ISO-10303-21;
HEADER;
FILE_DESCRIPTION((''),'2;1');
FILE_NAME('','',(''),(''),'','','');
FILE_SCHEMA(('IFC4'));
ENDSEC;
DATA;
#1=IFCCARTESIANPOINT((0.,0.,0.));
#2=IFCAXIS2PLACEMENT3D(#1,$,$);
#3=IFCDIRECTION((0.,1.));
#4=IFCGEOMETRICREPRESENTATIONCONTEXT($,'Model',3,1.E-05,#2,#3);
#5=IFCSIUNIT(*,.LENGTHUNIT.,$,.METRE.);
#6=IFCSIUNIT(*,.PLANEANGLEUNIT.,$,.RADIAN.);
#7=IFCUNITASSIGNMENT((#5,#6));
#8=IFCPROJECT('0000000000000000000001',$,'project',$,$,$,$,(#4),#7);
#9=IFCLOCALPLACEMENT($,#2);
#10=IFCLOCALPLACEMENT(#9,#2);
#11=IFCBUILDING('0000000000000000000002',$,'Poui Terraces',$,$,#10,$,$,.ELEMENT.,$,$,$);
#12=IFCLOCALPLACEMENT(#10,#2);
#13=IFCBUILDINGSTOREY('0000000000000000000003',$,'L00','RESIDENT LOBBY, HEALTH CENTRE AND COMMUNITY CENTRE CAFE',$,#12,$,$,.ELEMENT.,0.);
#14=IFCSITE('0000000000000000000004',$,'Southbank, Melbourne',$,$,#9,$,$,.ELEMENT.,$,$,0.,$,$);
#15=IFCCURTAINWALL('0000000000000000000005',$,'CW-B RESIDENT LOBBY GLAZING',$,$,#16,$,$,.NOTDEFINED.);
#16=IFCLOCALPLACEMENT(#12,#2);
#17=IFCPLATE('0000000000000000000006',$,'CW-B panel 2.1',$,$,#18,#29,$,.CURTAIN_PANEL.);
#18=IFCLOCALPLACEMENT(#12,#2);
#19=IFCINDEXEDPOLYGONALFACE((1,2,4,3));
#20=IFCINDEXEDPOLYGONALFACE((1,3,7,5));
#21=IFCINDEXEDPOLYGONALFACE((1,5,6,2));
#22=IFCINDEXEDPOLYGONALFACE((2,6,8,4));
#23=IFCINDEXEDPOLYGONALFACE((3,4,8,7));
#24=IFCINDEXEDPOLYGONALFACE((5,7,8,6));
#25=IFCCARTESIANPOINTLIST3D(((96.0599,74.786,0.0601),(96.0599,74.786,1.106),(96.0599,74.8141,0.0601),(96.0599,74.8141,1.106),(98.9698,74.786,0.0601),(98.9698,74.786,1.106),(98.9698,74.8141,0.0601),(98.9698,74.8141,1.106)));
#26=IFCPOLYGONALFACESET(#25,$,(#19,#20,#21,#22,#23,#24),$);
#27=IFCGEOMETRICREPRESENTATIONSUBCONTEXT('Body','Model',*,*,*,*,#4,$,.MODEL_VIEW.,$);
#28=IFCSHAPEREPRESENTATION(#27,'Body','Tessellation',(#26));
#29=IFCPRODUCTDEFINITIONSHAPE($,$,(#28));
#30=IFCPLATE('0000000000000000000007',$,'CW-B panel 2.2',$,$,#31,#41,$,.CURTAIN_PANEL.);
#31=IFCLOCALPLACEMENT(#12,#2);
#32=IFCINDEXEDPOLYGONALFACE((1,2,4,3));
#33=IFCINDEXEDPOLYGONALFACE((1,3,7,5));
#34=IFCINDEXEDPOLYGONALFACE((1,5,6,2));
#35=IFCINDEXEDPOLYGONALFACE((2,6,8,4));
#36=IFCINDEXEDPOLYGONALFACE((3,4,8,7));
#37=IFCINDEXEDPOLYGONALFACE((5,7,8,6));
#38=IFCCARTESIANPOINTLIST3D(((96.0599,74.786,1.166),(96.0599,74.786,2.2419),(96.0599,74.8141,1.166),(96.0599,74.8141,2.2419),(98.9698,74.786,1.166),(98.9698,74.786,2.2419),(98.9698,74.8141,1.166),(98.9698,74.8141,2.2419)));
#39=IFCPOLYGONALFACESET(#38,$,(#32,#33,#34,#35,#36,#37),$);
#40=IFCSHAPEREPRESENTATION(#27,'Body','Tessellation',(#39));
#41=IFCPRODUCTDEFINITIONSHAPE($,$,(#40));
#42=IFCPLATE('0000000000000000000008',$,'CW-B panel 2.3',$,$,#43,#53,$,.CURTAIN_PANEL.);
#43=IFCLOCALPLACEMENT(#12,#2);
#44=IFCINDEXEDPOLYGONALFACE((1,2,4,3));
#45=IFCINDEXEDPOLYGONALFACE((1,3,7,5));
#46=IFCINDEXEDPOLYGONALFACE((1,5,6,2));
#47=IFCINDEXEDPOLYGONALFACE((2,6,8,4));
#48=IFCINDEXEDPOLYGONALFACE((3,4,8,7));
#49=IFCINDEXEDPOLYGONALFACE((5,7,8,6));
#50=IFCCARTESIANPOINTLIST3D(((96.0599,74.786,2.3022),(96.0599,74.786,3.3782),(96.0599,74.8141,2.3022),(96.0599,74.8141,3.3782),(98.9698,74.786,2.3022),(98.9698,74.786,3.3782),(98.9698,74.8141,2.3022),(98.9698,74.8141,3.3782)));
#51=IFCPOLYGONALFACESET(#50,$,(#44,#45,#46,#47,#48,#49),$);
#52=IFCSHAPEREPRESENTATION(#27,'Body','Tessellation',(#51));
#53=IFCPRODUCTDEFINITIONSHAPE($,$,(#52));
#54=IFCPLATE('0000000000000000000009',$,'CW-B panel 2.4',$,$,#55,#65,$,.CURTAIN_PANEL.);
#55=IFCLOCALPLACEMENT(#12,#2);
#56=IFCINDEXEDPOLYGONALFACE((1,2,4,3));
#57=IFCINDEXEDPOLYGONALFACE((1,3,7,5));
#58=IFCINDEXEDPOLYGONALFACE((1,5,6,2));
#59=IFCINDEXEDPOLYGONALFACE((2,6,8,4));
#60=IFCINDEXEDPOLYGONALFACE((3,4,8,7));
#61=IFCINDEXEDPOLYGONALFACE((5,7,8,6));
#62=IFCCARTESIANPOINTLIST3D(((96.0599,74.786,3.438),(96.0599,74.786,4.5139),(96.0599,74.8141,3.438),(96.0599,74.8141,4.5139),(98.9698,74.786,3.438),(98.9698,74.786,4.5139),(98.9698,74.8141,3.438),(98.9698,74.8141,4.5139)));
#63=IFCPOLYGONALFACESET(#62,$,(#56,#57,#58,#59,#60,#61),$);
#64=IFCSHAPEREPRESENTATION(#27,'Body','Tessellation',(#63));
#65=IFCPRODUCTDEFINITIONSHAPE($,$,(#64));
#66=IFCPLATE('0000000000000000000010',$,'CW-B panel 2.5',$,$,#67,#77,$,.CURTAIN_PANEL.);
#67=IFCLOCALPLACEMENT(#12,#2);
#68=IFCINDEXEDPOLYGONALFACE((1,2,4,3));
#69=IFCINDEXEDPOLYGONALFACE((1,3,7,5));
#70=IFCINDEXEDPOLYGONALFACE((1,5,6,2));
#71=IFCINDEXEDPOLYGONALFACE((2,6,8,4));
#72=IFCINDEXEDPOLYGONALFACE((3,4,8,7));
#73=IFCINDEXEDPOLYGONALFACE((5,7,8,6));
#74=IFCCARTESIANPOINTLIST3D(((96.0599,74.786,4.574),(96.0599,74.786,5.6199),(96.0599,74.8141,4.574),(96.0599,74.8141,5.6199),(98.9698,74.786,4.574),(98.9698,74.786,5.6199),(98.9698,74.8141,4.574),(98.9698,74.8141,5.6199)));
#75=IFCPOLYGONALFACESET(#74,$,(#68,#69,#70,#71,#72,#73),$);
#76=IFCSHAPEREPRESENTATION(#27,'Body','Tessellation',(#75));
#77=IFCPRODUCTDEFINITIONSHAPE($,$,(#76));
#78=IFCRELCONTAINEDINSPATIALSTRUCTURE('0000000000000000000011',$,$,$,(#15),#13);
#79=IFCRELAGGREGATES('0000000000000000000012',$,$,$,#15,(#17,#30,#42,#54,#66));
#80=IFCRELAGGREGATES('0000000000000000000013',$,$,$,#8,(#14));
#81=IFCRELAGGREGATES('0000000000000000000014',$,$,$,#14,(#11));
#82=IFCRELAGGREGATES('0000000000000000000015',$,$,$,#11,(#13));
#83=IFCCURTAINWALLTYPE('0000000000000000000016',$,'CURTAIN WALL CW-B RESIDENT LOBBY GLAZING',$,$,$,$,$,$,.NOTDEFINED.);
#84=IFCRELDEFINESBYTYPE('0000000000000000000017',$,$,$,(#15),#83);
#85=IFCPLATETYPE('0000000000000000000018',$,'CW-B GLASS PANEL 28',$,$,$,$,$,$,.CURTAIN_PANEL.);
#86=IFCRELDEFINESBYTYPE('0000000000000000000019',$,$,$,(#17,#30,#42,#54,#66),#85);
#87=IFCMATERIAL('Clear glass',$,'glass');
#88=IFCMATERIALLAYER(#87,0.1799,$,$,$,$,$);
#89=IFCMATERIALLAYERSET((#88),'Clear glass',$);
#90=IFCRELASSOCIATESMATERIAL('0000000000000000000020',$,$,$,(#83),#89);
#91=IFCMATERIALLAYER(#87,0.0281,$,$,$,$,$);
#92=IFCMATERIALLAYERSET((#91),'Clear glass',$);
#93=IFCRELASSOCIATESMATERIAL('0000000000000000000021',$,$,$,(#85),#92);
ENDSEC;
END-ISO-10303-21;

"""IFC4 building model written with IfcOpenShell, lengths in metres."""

from ifc_helpers import new_model, si_unit, direction, frame, origin, origin_2d, place, context, subcontext, project, spatial, rectangle, extrude, material, layer, layer_set, type_object, element, aggregate, save


model = new_model("IFC4")

# Units and contexts
model_context = context("Model", 3, precision=1e-05, world=origin(), true_north=direction((0.0, 1.0)))
body_context = subcontext(model_context, "Body", "Model", "MODEL_VIEW")
ifc_project = project(units=[si_unit("LENGTHUNIT", "METRE"), si_unit("PLANEANGLEUNIT", "RADIAN")], contexts=[model_context])

# Site, building, storey
site_placement = place(None, origin())
site = spatial("IfcSite", under=ifc_project, at=site_placement, Name="Southbank, Melbourne", CompositionType="ELEMENT", RefElevation=0.0)
building_placement = place(site_placement, origin())
building = spatial("IfcBuilding", under=site, at=building_placement, Name="Poui Terraces", CompositionType="ELEMENT")
storey_placement = place(building_placement, origin())
storey = spatial("IfcBuildingStorey", under=building, at=storey_placement, Name="L00", Description="RESIDENT LOBBY, HEALTH CENTRE AND COMMUNITY CENTRE CAFE", CompositionType="ELEMENT", Elevation=0.0)

# Shared definitions
ifc_material_1 = material(Name="Clear glass", Category="glass")
ifc_layer_1 = layer(ifc_material_1, 0.1799)
ifc_layer_set_1 = layer_set([ifc_layer_1], Name="Clear glass")
curtain_wall_type = type_object("IfcCurtainWallType", Name="CURTAIN WALL CW-B RESIDENT LOBBY GLAZING", PredefinedType="NOTDEFINED", material=ifc_layer_set_1)

# Curtain wall
curtain_wall_1_placement = place(storey_placement, origin())
curtain_wall_1 = element("IfcCurtainWall", 1, at=curtain_wall_1_placement, inside=storey, type_object=curtain_wall_type, Name="CW-B RESIDENT LOBBY GLAZING", PredefinedType="NOTDEFINED")

# Plates
ifc_layer_2 = layer(ifc_material_1, 0.0281)
ifc_layer_set_2 = layer_set([ifc_layer_2], Name="Clear glass")
plate_type = type_object("IfcPlateType", Name="CW-B GLASS PANEL 28", PredefinedType="CURTAIN_PANEL", material=ifc_layer_set_2)
plate_1_placement = place(storey_placement, frame((97.5149, 74.8, 0.0601), z_axis=(0.0, 0.0, 1.0), x_axis=(-1.0, 0.0, 0.0)))
plate_1 = element("IfcPlate", 2, at=plate_1_placement, type_object=plate_type, Name="CW-B panel 2.1", PredefinedType="CURTAIN_PANEL", context=body_context, shape_type="SweptSolid", body=[
    extrude(rectangle(XDim=2.9099, YDim=0.0281, at=origin_2d()), origin(), (0.0, 0.0, 1.0), 1.0459),
])
plate_2_placement = place(storey_placement, frame((97.5149, 74.8, 1.166), z_axis=(0.0, 0.0, 1.0), x_axis=(-1.0, 0.0, 0.0)))
plate_2 = element("IfcPlate", 3, at=plate_2_placement, type_object=plate_type, Name="CW-B panel 2.2", PredefinedType="CURTAIN_PANEL", context=body_context, shape_type="SweptSolid", body=[
    extrude(rectangle(XDim=2.9099, YDim=0.0281, at=origin_2d()), origin(), (0.0, 0.0, 1.0), 1.0759),
])
plate_3_placement = place(storey_placement, frame((97.5149, 74.8, 2.3022), z_axis=(0.0, 0.0, 1.0), x_axis=(-1.0, 0.0, 0.0)))
plate_3 = element("IfcPlate", 4, at=plate_3_placement, type_object=plate_type, Name="CW-B panel 2.3", PredefinedType="CURTAIN_PANEL", context=body_context, shape_type="SweptSolid", body=[
    extrude(rectangle(XDim=2.9099, YDim=0.0281, at=origin_2d()), origin(), (0.0, 0.0, 1.0), 1.0759),
])
plate_4_placement = place(storey_placement, frame((97.5149, 74.8, 3.438), z_axis=(0.0, 0.0, 1.0), x_axis=(-1.0, 0.0, 0.0)))
plate_4 = element("IfcPlate", 5, at=plate_4_placement, type_object=plate_type, Name="CW-B panel 2.4", PredefinedType="CURTAIN_PANEL", context=body_context, shape_type="SweptSolid", body=[
    extrude(rectangle(XDim=2.9099, YDim=0.0281, at=origin_2d()), origin(), (0.0, 0.0, 1.0), 1.0759),
])
plate_5_placement = place(storey_placement, frame((97.5149, 74.8, 4.574), z_axis=(0.0, 0.0, 1.0), x_axis=(-1.0, 0.0, 0.0)))
plate_5 = element("IfcPlate", 6, at=plate_5_placement, type_object=plate_type, Name="CW-B panel 2.5", PredefinedType="CURTAIN_PANEL", context=body_context, shape_type="SweptSolid", body=[
    extrude(rectangle(XDim=2.9099, YDim=0.0281, at=origin_2d()), origin(), (0.0, 0.0, 1.0), 1.0459),
])
aggregate(curtain_wall_1, [plate_1, plate_2, plate_3, plate_4, plate_5])

save(model, "model.ifc")
